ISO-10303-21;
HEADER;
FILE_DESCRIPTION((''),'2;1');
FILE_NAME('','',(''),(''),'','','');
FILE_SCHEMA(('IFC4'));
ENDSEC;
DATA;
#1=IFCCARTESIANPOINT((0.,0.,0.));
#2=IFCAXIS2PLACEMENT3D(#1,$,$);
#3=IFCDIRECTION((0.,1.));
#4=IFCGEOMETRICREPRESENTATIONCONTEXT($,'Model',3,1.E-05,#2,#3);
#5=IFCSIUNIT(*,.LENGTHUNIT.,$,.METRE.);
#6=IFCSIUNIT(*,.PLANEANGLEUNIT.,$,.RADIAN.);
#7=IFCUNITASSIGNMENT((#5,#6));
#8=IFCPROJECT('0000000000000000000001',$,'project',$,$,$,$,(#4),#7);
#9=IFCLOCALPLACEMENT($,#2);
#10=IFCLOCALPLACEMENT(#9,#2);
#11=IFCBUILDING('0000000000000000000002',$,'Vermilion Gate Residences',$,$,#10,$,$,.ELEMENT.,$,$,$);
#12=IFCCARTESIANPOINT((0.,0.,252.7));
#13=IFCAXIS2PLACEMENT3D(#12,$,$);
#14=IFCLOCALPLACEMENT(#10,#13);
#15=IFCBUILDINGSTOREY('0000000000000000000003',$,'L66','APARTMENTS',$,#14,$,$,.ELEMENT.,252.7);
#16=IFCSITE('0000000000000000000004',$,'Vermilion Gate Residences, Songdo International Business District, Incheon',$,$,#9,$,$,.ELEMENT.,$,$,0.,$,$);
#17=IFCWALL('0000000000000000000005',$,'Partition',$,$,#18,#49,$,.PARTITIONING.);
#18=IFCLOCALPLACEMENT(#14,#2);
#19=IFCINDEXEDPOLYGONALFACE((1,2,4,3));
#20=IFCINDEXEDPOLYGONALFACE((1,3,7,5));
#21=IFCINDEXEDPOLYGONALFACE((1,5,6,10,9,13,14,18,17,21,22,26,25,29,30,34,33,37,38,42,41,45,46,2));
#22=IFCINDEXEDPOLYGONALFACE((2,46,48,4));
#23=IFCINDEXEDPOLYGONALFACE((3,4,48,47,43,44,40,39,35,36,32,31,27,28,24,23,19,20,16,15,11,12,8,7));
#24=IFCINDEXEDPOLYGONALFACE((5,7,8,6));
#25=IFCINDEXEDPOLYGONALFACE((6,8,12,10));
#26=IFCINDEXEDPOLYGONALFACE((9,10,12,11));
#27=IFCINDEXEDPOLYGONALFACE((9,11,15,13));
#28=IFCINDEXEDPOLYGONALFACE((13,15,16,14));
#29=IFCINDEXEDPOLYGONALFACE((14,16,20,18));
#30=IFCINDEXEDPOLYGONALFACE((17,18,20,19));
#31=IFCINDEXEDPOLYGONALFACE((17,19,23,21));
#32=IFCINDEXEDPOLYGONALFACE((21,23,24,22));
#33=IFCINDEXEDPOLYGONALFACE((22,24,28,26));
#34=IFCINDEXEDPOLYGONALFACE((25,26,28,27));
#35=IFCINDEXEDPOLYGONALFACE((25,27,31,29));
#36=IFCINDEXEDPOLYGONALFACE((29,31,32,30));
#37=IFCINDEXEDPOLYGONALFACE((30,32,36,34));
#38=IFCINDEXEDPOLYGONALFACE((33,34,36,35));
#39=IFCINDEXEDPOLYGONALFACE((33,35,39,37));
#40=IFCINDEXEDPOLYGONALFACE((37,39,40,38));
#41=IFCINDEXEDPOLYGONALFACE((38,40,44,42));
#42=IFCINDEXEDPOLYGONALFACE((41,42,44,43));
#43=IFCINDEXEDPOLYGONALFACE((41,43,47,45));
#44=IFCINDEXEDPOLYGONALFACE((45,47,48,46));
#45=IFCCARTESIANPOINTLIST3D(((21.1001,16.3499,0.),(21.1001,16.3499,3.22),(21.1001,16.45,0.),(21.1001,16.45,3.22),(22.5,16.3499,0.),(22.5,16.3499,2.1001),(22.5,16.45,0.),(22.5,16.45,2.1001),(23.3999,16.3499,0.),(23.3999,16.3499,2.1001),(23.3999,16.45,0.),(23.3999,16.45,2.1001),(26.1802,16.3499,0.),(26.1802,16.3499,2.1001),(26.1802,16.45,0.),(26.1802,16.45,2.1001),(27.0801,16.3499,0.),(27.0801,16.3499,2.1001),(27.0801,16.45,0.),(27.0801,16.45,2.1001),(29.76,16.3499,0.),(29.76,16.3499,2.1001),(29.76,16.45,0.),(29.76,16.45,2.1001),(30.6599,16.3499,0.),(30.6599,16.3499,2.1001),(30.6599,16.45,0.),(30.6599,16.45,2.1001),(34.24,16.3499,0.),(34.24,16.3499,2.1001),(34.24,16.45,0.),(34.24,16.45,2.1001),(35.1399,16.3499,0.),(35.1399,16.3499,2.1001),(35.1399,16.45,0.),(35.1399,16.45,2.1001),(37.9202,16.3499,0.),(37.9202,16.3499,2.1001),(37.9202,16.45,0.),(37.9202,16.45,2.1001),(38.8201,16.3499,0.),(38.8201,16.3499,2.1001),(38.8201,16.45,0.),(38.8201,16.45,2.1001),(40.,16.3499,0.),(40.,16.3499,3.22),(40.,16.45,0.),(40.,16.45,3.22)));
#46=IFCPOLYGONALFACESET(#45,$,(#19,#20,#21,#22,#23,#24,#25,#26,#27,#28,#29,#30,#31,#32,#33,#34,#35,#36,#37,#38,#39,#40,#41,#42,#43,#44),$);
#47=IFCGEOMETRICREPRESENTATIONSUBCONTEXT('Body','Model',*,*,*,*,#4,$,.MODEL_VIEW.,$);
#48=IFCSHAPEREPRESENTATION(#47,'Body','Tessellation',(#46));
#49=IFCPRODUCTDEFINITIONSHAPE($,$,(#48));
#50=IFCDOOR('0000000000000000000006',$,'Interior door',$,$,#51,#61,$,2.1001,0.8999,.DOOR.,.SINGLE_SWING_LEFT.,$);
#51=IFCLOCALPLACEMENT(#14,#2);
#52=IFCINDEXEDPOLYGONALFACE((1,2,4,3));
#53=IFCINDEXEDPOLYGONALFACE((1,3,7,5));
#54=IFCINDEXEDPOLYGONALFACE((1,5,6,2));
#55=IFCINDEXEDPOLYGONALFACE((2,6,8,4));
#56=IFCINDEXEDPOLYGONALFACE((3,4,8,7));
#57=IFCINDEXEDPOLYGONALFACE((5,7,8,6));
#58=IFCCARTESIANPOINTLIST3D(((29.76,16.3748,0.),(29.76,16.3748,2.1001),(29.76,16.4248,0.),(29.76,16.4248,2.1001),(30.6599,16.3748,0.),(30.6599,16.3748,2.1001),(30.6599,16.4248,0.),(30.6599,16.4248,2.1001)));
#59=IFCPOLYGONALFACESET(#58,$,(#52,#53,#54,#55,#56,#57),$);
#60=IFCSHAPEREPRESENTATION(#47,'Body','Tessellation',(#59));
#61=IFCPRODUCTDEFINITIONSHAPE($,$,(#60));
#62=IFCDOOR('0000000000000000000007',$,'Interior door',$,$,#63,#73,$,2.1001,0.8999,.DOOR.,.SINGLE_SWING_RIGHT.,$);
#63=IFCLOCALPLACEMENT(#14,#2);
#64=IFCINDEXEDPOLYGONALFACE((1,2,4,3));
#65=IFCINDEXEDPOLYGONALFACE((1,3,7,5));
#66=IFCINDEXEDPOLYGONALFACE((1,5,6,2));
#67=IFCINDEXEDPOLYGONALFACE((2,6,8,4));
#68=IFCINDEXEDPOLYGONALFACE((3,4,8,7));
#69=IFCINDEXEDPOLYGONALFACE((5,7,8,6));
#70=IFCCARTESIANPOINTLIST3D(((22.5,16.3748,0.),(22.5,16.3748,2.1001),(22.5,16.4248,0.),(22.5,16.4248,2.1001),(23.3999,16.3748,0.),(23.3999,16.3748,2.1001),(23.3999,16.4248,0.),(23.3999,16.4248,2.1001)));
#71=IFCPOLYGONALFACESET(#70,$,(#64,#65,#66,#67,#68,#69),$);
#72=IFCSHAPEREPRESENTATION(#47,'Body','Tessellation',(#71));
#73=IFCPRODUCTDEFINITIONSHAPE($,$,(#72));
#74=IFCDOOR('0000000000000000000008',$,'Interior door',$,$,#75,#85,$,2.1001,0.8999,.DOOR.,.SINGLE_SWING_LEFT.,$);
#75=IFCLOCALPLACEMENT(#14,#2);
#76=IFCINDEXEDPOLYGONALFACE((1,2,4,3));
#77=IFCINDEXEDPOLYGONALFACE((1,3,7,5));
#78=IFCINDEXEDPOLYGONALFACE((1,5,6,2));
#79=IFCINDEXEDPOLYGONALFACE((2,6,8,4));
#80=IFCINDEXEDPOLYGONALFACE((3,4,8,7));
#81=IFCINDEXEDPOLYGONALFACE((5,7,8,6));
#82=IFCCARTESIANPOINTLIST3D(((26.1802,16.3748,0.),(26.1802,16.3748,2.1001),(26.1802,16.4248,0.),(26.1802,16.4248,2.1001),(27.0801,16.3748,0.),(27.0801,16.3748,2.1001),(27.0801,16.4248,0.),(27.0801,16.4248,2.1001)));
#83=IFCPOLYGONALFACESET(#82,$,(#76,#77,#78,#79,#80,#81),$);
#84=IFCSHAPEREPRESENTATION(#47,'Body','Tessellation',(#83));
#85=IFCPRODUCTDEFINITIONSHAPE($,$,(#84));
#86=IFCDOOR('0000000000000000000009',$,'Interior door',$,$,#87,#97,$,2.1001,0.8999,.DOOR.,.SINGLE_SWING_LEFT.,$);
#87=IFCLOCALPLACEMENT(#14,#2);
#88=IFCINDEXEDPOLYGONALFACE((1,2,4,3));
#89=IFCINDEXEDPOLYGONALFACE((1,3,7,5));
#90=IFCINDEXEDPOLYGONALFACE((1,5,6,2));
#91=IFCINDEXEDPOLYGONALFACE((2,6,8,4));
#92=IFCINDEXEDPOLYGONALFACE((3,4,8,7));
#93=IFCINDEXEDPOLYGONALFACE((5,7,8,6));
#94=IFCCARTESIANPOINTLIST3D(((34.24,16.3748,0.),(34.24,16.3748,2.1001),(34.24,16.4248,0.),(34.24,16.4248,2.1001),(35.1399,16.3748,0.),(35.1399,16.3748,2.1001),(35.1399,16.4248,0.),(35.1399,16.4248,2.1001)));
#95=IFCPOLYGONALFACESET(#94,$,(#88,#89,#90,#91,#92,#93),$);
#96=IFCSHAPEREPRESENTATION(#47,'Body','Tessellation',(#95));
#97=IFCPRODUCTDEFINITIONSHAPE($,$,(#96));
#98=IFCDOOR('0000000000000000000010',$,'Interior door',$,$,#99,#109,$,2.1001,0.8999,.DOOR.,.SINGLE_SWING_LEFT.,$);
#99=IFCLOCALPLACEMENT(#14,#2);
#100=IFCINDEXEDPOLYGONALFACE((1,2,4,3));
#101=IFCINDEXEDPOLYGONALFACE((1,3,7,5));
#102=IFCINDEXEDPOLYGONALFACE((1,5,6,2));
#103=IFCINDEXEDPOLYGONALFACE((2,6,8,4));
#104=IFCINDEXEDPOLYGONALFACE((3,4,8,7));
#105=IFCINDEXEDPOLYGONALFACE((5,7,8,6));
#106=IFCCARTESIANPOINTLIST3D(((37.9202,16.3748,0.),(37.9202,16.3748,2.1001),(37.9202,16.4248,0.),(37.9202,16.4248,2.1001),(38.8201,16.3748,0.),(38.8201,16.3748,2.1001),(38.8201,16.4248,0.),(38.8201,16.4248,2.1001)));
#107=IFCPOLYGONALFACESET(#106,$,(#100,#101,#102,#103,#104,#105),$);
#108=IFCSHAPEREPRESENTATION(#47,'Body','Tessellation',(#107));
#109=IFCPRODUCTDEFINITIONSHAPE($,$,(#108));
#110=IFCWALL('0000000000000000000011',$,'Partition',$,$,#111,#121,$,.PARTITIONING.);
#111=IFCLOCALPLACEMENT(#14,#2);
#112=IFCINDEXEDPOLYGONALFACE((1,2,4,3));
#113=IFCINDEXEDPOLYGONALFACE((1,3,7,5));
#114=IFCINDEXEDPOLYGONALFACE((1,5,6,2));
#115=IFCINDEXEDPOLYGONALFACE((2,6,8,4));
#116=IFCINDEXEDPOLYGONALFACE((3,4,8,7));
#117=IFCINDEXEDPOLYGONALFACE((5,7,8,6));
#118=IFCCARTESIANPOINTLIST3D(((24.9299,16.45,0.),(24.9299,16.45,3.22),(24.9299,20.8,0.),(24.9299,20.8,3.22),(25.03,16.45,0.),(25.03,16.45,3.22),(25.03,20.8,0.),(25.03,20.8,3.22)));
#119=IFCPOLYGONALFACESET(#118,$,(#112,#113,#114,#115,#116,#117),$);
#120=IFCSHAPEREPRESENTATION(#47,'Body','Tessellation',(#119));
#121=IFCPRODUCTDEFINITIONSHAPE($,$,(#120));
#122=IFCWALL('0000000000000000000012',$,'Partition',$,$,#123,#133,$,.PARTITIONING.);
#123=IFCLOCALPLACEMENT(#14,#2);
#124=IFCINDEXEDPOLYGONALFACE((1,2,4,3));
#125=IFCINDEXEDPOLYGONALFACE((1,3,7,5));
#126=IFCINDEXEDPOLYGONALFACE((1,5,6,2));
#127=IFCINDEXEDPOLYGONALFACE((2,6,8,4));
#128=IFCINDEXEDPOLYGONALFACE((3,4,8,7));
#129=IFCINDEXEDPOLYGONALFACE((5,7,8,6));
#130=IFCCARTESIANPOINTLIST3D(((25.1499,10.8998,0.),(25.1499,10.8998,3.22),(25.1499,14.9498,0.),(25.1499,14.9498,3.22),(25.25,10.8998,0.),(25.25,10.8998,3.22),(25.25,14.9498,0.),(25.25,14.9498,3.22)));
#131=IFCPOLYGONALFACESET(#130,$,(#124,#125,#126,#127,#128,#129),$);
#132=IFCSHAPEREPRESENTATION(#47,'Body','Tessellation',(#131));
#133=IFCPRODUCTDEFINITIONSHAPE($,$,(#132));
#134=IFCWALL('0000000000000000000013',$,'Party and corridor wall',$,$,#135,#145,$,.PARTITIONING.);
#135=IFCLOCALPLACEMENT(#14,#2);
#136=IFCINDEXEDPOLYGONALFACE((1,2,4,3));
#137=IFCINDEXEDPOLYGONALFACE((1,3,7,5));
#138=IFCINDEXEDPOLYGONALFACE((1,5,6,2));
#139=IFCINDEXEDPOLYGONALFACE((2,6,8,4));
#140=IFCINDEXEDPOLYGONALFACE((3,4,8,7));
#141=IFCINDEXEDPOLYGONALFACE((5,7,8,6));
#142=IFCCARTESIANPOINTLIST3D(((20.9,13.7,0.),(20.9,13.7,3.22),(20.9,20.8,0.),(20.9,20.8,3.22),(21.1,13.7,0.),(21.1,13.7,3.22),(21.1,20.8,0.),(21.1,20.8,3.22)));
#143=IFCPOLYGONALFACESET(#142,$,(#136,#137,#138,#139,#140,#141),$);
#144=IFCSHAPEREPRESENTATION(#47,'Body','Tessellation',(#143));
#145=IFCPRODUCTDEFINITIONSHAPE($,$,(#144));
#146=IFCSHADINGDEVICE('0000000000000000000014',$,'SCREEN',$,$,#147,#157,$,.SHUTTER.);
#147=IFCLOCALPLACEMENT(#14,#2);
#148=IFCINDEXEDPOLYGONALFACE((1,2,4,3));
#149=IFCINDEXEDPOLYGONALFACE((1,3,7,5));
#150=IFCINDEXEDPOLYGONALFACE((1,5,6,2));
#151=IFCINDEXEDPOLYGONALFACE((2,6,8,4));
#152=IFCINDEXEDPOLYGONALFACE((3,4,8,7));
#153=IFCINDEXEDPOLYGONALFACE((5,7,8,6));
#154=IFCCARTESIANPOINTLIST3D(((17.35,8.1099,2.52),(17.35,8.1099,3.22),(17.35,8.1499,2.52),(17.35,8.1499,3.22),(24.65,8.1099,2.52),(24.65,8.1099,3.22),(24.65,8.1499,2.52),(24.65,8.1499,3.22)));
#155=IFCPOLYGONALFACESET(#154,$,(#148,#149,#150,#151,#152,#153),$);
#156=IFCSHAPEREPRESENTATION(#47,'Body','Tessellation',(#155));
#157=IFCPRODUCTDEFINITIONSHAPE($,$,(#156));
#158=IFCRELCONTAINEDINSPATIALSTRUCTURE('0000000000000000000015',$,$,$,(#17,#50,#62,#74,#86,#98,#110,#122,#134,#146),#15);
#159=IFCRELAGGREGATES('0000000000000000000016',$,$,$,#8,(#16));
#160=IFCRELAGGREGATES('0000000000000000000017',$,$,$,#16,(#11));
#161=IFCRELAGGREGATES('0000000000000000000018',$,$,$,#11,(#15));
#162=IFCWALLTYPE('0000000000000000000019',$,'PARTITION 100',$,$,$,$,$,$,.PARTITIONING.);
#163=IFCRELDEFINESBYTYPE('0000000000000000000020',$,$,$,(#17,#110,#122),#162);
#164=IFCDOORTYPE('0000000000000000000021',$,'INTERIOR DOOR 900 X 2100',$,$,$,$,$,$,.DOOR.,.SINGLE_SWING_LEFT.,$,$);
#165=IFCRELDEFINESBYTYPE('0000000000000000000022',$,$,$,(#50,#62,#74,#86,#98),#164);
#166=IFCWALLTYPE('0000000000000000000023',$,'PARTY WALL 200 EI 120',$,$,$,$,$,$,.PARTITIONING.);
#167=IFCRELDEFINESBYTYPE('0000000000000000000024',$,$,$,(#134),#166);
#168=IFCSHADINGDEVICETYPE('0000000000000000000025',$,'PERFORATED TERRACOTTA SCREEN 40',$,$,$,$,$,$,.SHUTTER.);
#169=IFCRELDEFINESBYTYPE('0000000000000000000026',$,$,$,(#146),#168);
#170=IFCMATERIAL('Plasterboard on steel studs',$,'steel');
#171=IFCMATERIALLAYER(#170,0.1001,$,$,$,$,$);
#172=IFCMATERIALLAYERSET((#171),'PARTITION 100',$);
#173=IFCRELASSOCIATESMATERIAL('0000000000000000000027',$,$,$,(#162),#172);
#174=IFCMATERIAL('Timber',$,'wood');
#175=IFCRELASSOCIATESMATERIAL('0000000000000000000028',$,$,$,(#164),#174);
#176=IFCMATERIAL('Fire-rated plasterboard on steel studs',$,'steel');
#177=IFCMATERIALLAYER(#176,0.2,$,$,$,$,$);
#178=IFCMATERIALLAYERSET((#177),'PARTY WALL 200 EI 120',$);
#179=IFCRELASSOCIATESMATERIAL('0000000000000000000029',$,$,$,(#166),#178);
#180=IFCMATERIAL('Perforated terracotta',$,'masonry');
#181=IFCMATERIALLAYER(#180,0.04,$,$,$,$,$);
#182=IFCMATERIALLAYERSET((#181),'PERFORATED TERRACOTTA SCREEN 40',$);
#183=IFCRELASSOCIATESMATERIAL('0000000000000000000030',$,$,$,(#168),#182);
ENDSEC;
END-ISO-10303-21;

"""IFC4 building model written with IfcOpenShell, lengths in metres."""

from ifc_helpers import new_model, si_unit, direction, frame, frame_2d, origin, origin_2d, place, context, subcontext, project, spatial, rectangle, extrude, material, layer, layer_set, type_object, element, fill, save


model = new_model("IFC4")

# Units and contexts
model_context = context("Model", 3, precision=1e-05, world=origin(), true_north=direction((0.0, 1.0)))
body_context = subcontext(model_context, "Body", "Model", "MODEL_VIEW")
ifc_project = project(units=[si_unit("LENGTHUNIT", "METRE"), si_unit("PLANEANGLEUNIT", "RADIAN")], contexts=[model_context])

# Site, building, storey
site_placement = place(None, origin())
site = spatial("IfcSite", under=ifc_project, at=site_placement, Name="Vermilion Gate Residences, Songdo International Business District, Incheon", CompositionType="ELEMENT", RefElevation=0.0)
building_placement = place(site_placement, origin())
building = spatial("IfcBuilding", under=site, at=building_placement, Name="Vermilion Gate Residences", CompositionType="ELEMENT")
storey_placement = place(building_placement, frame((0.0, 0.0, 252.7)))
storey = spatial("IfcBuildingStorey", under=building, at=storey_placement, Name="L66", Description="APARTMENTS", CompositionType="ELEMENT", Elevation=252.7)

# Wall, openings, doors
ifc_material_1 = material(Name="Plasterboard on steel studs", Category="steel")
ifc_layer_1 = layer(ifc_material_1, 0.1001)
ifc_layer_set_1 = layer_set([ifc_layer_1], Name="PARTITION 100")
wall_type_1 = type_object("IfcWallType", Name="PARTITION 100", PredefinedType="PARTITIONING", material=ifc_layer_set_1)
ifc_material_2 = material(Name="Timber", Category="wood")
door_type = type_object("IfcDoorType", Name="INTERIOR DOOR 900 X 2100", OperationType="SINGLE_SWING_LEFT", PredefinedType="DOOR", material=ifc_material_2)
wall_1_placement = place(storey_placement, frame((21.1001, 16.3999, 0.0), z_axis=(0.0, 0.0, 1.0), x_axis=(1.0, 0.0, 0.0)))
wall_1 = element("IfcWall", 1, at=wall_1_placement, inside=storey, type_object=wall_type_1, Name="Partition", PredefinedType="PARTITIONING", context=body_context, shape_type="SweptSolid", body=[
    extrude(rectangle(XDim=18.8999, YDim=0.1001, at=frame_2d((9.45, 0.0))), origin(), (0.0, 0.0, 1.0), 3.22),
])
opening_1_placement = place(wall_1_placement, frame((8.6599, 0.0, 0.0)))
opening_1 = element("IfcOpeningElement", 2, at=opening_1_placement, cuts=wall_1, PredefinedType="OPENING", context=body_context, shape_type="SweptSolid", body=[
    extrude(rectangle(XDim=0.8999, YDim=2.1001, at=frame_2d((0.45, 1.05))), frame((0.0, 0.0601, 0.0), z_axis=(0.0, -1.0, 0.0), x_axis=(1.0, 0.0, 0.0)), (0.0, 0.0, 1.0), 0.1201),
])
opening_2_placement = place(wall_1_placement, frame((1.3999, 0.0, 0.0)))
opening_2 = element("IfcOpeningElement", 3, at=opening_2_placement, cuts=wall_1, PredefinedType="OPENING", context=body_context, shape_type="SweptSolid", body=[
    extrude(rectangle(XDim=0.8999, YDim=2.1001, at=frame_2d((0.45, 1.05))), frame((0.0, 0.0601, 0.0), z_axis=(0.0, -1.0, 0.0), x_axis=(1.0, 0.0, 0.0)), (0.0, 0.0, 1.0), 0.1201),
])
opening_3_placement = place(wall_1_placement, frame((5.0801, 0.0, 0.0)))
opening_3 = element("IfcOpeningElement", 4, at=opening_3_placement, cuts=wall_1, PredefinedType="OPENING", context=body_context, shape_type="SweptSolid", body=[
    extrude(rectangle(XDim=0.8999, YDim=2.1001, at=frame_2d((0.45, 1.05))), frame((0.0, 0.0601, 0.0), z_axis=(0.0, -1.0, 0.0), x_axis=(1.0, 0.0, 0.0)), (0.0, 0.0, 1.0), 0.1201),
])
opening_4_placement = place(wall_1_placement, frame((13.1399, 0.0, 0.0)))
opening_4 = element("IfcOpeningElement", 5, at=opening_4_placement, cuts=wall_1, PredefinedType="OPENING", context=body_context, shape_type="SweptSolid", body=[
    extrude(rectangle(XDim=0.8999, YDim=2.1001, at=frame_2d((0.45, 1.05))), frame((0.0, 0.0601, 0.0), z_axis=(0.0, -1.0, 0.0), x_axis=(1.0, 0.0, 0.0)), (0.0, 0.0, 1.0), 0.1201),
])
opening_5_placement = place(wall_1_placement, frame((16.8201, 0.0, 0.0)))
opening_5 = element("IfcOpeningElement", 6, at=opening_5_placement, cuts=wall_1, PredefinedType="OPENING", context=body_context, shape_type="SweptSolid", body=[
    extrude(rectangle(XDim=0.8999, YDim=2.1001, at=frame_2d((0.45, 1.05))), frame((0.0, 0.0601, 0.0), z_axis=(0.0, -1.0, 0.0), x_axis=(1.0, 0.0, 0.0)), (0.0, 0.0, 1.0), 0.1201),
])
door_1_placement = place(opening_1_placement, origin())
door_1 = element("IfcDoor", 7, at=door_1_placement, inside=storey, type_object=door_type, Name="Interior door", OperationType="SINGLE_SWING_LEFT", OverallHeight=2.1001, OverallWidth=0.8999, PredefinedType="DOOR", context=body_context, shape_type="SweptSolid", body=[
    extrude(rectangle(XDim=0.8999, YDim=2.1001, at=frame_2d((0.45, 1.05))), frame((0.0, 0.0249, 0.0), z_axis=(0.0, -1.0, 0.0), x_axis=(1.0, 0.0, 0.0)), (0.0, 0.0, 1.0), 0.05),
])
fill(opening_1, door_1)
door_2_placement = place(opening_2_placement, origin())
door_2 = element("IfcDoor", 8, at=door_2_placement, inside=storey, type_object=door_type, Name="Interior door", OperationType="SINGLE_SWING_RIGHT", OverallHeight=2.1001, OverallWidth=0.8999, PredefinedType="DOOR", context=body_context, shape_type="SweptSolid", body=[
    extrude(rectangle(XDim=0.8999, YDim=2.1001, at=frame_2d((0.45, 1.05))), frame((0.0, 0.0249, 0.0), z_axis=(0.0, -1.0, 0.0), x_axis=(1.0, 0.0, 0.0)), (0.0, 0.0, 1.0), 0.05),
])
fill(opening_2, door_2)
door_3_placement = place(opening_3_placement, origin())
door_3 = element("IfcDoor", 9, at=door_3_placement, inside=storey, type_object=door_type, Name="Interior door", OperationType="SINGLE_SWING_LEFT", OverallHeight=2.1001, OverallWidth=0.8999, PredefinedType="DOOR", context=body_context, shape_type="SweptSolid", body=[
    extrude(rectangle(XDim=0.8999, YDim=2.1001, at=frame_2d((0.45, 1.05))), frame((0.0, 0.0249, 0.0), z_axis=(0.0, -1.0, 0.0), x_axis=(1.0, 0.0, 0.0)), (0.0, 0.0, 1.0), 0.05),
])
fill(opening_3, door_3)
door_4_placement = place(opening_4_placement, origin())
door_4 = element("IfcDoor", 10, at=door_4_placement, inside=storey, type_object=door_type, Name="Interior door", OperationType="SINGLE_SWING_LEFT", OverallHeight=2.1001, OverallWidth=0.8999, PredefinedType="DOOR", context=body_context, shape_type="SweptSolid", body=[
    extrude(rectangle(XDim=0.8999, YDim=2.1001, at=frame_2d((0.45, 1.05))), frame((0.0, 0.0249, 0.0), z_axis=(0.0, -1.0, 0.0), x_axis=(1.0, 0.0, 0.0)), (0.0, 0.0, 1.0), 0.05),
])
fill(opening_4, door_4)
door_5_placement = place(opening_5_placement, origin())
door_5 = element("IfcDoor", 11, at=door_5_placement, inside=storey, type_object=door_type, Name="Interior door", OperationType="SINGLE_SWING_LEFT", OverallHeight=2.1001, OverallWidth=0.8999, PredefinedType="DOOR", context=body_context, shape_type="SweptSolid", body=[
    extrude(rectangle(XDim=0.8999, YDim=2.1001, at=frame_2d((0.45, 1.05))), frame((0.0, 0.0249, 0.0), z_axis=(0.0, -1.0, 0.0), x_axis=(1.0, 0.0, 0.0)), (0.0, 0.0, 1.0), 0.05),
])
fill(opening_5, door_5)

# Walls
wall_2_placement = place(storey_placement, frame((24.98, 16.45, 0.0), z_axis=(0.0, 0.0, 1.0), x_axis=(0.0, 1.0, 0.0)))
element("IfcWall", 12, at=wall_2_placement, inside=storey, type_object=wall_type_1, Name="Partition", PredefinedType="PARTITIONING", context=body_context, shape_type="SweptSolid", body=[
    extrude(rectangle(XDim=4.3501, YDim=0.1001, at=frame_2d((2.175, 0.0))), origin(), (0.0, 0.0, 1.0), 3.22),
])
wall_3_placement = place(storey_placement, frame((25.2, 10.8999, 0.0), z_axis=(0.0, 0.0, 1.0), x_axis=(0.0, 1.0, 0.0)))
element("IfcWall", 13, at=wall_3_placement, inside=storey, type_object=wall_type_1, Name="Partition", PredefinedType="PARTITIONING", context=body_context, shape_type="SweptSolid", body=[
    extrude(rectangle(XDim=4.05, YDim=0.1001, at=frame_2d((2.0249, 0.0))), origin(), (0.0, 0.0, 1.0), 3.22),
])
ifc_material_3 = material(Name="Fire-rated plasterboard on steel studs", Category="steel")
ifc_layer_2 = layer(ifc_material_3, 0.2)
ifc_layer_set_2 = layer_set([ifc_layer_2], Name="PARTY WALL 200 EI 120")
wall_type_2 = type_object("IfcWallType", Name="PARTY WALL 200 EI 120", PredefinedType="PARTITIONING", material=ifc_layer_set_2)
wall_4_placement = place(storey_placement, frame((21.0, 13.7, 0.0), z_axis=(0.0, 0.0, 1.0), x_axis=(0.0, 1.0, 0.0)))
element("IfcWall", 14, at=wall_4_placement, inside=storey, type_object=wall_type_2, Name="Party and corridor wall", PredefinedType="PARTITIONING", context=body_context, shape_type="SweptSolid", body=[
    extrude(rectangle(XDim=7.1001, YDim=0.2, at=frame_2d((3.55, 0.0))), origin(), (0.0, 0.0, 1.0), 3.22),
])

# Shading device
ifc_material_4 = material(Name="Perforated terracotta", Category="masonry")
ifc_layer_3 = layer(ifc_material_4, 0.04)
ifc_layer_set_3 = layer_set([ifc_layer_3], Name="PERFORATED TERRACOTTA SCREEN 40")
shading_device_type_1 = type_object("IfcShadingDeviceType", Name="PERFORATED TERRACOTTA SCREEN 40", PredefinedType="SHUTTER", material=ifc_layer_set_3)
shading_device_1_placement = place(storey_placement, frame((21.0, 8.1299, 2.52), z_axis=(0.0, 0.0, 1.0), x_axis=(1.0, 0.0, 0.0)))
element("IfcShadingDevice", 15, at=shading_device_1_placement, inside=storey, type_object=shading_device_type_1, Name="SCREEN", PredefinedType="SHUTTER", context=body_context, shape_type="SweptSolid", body=[
    extrude(rectangle(XDim=7.3, YDim=0.04, at=origin_2d()), origin(), (0.0, 0.0, 1.0), 0.7),
])

save(model, "model.ifc")
